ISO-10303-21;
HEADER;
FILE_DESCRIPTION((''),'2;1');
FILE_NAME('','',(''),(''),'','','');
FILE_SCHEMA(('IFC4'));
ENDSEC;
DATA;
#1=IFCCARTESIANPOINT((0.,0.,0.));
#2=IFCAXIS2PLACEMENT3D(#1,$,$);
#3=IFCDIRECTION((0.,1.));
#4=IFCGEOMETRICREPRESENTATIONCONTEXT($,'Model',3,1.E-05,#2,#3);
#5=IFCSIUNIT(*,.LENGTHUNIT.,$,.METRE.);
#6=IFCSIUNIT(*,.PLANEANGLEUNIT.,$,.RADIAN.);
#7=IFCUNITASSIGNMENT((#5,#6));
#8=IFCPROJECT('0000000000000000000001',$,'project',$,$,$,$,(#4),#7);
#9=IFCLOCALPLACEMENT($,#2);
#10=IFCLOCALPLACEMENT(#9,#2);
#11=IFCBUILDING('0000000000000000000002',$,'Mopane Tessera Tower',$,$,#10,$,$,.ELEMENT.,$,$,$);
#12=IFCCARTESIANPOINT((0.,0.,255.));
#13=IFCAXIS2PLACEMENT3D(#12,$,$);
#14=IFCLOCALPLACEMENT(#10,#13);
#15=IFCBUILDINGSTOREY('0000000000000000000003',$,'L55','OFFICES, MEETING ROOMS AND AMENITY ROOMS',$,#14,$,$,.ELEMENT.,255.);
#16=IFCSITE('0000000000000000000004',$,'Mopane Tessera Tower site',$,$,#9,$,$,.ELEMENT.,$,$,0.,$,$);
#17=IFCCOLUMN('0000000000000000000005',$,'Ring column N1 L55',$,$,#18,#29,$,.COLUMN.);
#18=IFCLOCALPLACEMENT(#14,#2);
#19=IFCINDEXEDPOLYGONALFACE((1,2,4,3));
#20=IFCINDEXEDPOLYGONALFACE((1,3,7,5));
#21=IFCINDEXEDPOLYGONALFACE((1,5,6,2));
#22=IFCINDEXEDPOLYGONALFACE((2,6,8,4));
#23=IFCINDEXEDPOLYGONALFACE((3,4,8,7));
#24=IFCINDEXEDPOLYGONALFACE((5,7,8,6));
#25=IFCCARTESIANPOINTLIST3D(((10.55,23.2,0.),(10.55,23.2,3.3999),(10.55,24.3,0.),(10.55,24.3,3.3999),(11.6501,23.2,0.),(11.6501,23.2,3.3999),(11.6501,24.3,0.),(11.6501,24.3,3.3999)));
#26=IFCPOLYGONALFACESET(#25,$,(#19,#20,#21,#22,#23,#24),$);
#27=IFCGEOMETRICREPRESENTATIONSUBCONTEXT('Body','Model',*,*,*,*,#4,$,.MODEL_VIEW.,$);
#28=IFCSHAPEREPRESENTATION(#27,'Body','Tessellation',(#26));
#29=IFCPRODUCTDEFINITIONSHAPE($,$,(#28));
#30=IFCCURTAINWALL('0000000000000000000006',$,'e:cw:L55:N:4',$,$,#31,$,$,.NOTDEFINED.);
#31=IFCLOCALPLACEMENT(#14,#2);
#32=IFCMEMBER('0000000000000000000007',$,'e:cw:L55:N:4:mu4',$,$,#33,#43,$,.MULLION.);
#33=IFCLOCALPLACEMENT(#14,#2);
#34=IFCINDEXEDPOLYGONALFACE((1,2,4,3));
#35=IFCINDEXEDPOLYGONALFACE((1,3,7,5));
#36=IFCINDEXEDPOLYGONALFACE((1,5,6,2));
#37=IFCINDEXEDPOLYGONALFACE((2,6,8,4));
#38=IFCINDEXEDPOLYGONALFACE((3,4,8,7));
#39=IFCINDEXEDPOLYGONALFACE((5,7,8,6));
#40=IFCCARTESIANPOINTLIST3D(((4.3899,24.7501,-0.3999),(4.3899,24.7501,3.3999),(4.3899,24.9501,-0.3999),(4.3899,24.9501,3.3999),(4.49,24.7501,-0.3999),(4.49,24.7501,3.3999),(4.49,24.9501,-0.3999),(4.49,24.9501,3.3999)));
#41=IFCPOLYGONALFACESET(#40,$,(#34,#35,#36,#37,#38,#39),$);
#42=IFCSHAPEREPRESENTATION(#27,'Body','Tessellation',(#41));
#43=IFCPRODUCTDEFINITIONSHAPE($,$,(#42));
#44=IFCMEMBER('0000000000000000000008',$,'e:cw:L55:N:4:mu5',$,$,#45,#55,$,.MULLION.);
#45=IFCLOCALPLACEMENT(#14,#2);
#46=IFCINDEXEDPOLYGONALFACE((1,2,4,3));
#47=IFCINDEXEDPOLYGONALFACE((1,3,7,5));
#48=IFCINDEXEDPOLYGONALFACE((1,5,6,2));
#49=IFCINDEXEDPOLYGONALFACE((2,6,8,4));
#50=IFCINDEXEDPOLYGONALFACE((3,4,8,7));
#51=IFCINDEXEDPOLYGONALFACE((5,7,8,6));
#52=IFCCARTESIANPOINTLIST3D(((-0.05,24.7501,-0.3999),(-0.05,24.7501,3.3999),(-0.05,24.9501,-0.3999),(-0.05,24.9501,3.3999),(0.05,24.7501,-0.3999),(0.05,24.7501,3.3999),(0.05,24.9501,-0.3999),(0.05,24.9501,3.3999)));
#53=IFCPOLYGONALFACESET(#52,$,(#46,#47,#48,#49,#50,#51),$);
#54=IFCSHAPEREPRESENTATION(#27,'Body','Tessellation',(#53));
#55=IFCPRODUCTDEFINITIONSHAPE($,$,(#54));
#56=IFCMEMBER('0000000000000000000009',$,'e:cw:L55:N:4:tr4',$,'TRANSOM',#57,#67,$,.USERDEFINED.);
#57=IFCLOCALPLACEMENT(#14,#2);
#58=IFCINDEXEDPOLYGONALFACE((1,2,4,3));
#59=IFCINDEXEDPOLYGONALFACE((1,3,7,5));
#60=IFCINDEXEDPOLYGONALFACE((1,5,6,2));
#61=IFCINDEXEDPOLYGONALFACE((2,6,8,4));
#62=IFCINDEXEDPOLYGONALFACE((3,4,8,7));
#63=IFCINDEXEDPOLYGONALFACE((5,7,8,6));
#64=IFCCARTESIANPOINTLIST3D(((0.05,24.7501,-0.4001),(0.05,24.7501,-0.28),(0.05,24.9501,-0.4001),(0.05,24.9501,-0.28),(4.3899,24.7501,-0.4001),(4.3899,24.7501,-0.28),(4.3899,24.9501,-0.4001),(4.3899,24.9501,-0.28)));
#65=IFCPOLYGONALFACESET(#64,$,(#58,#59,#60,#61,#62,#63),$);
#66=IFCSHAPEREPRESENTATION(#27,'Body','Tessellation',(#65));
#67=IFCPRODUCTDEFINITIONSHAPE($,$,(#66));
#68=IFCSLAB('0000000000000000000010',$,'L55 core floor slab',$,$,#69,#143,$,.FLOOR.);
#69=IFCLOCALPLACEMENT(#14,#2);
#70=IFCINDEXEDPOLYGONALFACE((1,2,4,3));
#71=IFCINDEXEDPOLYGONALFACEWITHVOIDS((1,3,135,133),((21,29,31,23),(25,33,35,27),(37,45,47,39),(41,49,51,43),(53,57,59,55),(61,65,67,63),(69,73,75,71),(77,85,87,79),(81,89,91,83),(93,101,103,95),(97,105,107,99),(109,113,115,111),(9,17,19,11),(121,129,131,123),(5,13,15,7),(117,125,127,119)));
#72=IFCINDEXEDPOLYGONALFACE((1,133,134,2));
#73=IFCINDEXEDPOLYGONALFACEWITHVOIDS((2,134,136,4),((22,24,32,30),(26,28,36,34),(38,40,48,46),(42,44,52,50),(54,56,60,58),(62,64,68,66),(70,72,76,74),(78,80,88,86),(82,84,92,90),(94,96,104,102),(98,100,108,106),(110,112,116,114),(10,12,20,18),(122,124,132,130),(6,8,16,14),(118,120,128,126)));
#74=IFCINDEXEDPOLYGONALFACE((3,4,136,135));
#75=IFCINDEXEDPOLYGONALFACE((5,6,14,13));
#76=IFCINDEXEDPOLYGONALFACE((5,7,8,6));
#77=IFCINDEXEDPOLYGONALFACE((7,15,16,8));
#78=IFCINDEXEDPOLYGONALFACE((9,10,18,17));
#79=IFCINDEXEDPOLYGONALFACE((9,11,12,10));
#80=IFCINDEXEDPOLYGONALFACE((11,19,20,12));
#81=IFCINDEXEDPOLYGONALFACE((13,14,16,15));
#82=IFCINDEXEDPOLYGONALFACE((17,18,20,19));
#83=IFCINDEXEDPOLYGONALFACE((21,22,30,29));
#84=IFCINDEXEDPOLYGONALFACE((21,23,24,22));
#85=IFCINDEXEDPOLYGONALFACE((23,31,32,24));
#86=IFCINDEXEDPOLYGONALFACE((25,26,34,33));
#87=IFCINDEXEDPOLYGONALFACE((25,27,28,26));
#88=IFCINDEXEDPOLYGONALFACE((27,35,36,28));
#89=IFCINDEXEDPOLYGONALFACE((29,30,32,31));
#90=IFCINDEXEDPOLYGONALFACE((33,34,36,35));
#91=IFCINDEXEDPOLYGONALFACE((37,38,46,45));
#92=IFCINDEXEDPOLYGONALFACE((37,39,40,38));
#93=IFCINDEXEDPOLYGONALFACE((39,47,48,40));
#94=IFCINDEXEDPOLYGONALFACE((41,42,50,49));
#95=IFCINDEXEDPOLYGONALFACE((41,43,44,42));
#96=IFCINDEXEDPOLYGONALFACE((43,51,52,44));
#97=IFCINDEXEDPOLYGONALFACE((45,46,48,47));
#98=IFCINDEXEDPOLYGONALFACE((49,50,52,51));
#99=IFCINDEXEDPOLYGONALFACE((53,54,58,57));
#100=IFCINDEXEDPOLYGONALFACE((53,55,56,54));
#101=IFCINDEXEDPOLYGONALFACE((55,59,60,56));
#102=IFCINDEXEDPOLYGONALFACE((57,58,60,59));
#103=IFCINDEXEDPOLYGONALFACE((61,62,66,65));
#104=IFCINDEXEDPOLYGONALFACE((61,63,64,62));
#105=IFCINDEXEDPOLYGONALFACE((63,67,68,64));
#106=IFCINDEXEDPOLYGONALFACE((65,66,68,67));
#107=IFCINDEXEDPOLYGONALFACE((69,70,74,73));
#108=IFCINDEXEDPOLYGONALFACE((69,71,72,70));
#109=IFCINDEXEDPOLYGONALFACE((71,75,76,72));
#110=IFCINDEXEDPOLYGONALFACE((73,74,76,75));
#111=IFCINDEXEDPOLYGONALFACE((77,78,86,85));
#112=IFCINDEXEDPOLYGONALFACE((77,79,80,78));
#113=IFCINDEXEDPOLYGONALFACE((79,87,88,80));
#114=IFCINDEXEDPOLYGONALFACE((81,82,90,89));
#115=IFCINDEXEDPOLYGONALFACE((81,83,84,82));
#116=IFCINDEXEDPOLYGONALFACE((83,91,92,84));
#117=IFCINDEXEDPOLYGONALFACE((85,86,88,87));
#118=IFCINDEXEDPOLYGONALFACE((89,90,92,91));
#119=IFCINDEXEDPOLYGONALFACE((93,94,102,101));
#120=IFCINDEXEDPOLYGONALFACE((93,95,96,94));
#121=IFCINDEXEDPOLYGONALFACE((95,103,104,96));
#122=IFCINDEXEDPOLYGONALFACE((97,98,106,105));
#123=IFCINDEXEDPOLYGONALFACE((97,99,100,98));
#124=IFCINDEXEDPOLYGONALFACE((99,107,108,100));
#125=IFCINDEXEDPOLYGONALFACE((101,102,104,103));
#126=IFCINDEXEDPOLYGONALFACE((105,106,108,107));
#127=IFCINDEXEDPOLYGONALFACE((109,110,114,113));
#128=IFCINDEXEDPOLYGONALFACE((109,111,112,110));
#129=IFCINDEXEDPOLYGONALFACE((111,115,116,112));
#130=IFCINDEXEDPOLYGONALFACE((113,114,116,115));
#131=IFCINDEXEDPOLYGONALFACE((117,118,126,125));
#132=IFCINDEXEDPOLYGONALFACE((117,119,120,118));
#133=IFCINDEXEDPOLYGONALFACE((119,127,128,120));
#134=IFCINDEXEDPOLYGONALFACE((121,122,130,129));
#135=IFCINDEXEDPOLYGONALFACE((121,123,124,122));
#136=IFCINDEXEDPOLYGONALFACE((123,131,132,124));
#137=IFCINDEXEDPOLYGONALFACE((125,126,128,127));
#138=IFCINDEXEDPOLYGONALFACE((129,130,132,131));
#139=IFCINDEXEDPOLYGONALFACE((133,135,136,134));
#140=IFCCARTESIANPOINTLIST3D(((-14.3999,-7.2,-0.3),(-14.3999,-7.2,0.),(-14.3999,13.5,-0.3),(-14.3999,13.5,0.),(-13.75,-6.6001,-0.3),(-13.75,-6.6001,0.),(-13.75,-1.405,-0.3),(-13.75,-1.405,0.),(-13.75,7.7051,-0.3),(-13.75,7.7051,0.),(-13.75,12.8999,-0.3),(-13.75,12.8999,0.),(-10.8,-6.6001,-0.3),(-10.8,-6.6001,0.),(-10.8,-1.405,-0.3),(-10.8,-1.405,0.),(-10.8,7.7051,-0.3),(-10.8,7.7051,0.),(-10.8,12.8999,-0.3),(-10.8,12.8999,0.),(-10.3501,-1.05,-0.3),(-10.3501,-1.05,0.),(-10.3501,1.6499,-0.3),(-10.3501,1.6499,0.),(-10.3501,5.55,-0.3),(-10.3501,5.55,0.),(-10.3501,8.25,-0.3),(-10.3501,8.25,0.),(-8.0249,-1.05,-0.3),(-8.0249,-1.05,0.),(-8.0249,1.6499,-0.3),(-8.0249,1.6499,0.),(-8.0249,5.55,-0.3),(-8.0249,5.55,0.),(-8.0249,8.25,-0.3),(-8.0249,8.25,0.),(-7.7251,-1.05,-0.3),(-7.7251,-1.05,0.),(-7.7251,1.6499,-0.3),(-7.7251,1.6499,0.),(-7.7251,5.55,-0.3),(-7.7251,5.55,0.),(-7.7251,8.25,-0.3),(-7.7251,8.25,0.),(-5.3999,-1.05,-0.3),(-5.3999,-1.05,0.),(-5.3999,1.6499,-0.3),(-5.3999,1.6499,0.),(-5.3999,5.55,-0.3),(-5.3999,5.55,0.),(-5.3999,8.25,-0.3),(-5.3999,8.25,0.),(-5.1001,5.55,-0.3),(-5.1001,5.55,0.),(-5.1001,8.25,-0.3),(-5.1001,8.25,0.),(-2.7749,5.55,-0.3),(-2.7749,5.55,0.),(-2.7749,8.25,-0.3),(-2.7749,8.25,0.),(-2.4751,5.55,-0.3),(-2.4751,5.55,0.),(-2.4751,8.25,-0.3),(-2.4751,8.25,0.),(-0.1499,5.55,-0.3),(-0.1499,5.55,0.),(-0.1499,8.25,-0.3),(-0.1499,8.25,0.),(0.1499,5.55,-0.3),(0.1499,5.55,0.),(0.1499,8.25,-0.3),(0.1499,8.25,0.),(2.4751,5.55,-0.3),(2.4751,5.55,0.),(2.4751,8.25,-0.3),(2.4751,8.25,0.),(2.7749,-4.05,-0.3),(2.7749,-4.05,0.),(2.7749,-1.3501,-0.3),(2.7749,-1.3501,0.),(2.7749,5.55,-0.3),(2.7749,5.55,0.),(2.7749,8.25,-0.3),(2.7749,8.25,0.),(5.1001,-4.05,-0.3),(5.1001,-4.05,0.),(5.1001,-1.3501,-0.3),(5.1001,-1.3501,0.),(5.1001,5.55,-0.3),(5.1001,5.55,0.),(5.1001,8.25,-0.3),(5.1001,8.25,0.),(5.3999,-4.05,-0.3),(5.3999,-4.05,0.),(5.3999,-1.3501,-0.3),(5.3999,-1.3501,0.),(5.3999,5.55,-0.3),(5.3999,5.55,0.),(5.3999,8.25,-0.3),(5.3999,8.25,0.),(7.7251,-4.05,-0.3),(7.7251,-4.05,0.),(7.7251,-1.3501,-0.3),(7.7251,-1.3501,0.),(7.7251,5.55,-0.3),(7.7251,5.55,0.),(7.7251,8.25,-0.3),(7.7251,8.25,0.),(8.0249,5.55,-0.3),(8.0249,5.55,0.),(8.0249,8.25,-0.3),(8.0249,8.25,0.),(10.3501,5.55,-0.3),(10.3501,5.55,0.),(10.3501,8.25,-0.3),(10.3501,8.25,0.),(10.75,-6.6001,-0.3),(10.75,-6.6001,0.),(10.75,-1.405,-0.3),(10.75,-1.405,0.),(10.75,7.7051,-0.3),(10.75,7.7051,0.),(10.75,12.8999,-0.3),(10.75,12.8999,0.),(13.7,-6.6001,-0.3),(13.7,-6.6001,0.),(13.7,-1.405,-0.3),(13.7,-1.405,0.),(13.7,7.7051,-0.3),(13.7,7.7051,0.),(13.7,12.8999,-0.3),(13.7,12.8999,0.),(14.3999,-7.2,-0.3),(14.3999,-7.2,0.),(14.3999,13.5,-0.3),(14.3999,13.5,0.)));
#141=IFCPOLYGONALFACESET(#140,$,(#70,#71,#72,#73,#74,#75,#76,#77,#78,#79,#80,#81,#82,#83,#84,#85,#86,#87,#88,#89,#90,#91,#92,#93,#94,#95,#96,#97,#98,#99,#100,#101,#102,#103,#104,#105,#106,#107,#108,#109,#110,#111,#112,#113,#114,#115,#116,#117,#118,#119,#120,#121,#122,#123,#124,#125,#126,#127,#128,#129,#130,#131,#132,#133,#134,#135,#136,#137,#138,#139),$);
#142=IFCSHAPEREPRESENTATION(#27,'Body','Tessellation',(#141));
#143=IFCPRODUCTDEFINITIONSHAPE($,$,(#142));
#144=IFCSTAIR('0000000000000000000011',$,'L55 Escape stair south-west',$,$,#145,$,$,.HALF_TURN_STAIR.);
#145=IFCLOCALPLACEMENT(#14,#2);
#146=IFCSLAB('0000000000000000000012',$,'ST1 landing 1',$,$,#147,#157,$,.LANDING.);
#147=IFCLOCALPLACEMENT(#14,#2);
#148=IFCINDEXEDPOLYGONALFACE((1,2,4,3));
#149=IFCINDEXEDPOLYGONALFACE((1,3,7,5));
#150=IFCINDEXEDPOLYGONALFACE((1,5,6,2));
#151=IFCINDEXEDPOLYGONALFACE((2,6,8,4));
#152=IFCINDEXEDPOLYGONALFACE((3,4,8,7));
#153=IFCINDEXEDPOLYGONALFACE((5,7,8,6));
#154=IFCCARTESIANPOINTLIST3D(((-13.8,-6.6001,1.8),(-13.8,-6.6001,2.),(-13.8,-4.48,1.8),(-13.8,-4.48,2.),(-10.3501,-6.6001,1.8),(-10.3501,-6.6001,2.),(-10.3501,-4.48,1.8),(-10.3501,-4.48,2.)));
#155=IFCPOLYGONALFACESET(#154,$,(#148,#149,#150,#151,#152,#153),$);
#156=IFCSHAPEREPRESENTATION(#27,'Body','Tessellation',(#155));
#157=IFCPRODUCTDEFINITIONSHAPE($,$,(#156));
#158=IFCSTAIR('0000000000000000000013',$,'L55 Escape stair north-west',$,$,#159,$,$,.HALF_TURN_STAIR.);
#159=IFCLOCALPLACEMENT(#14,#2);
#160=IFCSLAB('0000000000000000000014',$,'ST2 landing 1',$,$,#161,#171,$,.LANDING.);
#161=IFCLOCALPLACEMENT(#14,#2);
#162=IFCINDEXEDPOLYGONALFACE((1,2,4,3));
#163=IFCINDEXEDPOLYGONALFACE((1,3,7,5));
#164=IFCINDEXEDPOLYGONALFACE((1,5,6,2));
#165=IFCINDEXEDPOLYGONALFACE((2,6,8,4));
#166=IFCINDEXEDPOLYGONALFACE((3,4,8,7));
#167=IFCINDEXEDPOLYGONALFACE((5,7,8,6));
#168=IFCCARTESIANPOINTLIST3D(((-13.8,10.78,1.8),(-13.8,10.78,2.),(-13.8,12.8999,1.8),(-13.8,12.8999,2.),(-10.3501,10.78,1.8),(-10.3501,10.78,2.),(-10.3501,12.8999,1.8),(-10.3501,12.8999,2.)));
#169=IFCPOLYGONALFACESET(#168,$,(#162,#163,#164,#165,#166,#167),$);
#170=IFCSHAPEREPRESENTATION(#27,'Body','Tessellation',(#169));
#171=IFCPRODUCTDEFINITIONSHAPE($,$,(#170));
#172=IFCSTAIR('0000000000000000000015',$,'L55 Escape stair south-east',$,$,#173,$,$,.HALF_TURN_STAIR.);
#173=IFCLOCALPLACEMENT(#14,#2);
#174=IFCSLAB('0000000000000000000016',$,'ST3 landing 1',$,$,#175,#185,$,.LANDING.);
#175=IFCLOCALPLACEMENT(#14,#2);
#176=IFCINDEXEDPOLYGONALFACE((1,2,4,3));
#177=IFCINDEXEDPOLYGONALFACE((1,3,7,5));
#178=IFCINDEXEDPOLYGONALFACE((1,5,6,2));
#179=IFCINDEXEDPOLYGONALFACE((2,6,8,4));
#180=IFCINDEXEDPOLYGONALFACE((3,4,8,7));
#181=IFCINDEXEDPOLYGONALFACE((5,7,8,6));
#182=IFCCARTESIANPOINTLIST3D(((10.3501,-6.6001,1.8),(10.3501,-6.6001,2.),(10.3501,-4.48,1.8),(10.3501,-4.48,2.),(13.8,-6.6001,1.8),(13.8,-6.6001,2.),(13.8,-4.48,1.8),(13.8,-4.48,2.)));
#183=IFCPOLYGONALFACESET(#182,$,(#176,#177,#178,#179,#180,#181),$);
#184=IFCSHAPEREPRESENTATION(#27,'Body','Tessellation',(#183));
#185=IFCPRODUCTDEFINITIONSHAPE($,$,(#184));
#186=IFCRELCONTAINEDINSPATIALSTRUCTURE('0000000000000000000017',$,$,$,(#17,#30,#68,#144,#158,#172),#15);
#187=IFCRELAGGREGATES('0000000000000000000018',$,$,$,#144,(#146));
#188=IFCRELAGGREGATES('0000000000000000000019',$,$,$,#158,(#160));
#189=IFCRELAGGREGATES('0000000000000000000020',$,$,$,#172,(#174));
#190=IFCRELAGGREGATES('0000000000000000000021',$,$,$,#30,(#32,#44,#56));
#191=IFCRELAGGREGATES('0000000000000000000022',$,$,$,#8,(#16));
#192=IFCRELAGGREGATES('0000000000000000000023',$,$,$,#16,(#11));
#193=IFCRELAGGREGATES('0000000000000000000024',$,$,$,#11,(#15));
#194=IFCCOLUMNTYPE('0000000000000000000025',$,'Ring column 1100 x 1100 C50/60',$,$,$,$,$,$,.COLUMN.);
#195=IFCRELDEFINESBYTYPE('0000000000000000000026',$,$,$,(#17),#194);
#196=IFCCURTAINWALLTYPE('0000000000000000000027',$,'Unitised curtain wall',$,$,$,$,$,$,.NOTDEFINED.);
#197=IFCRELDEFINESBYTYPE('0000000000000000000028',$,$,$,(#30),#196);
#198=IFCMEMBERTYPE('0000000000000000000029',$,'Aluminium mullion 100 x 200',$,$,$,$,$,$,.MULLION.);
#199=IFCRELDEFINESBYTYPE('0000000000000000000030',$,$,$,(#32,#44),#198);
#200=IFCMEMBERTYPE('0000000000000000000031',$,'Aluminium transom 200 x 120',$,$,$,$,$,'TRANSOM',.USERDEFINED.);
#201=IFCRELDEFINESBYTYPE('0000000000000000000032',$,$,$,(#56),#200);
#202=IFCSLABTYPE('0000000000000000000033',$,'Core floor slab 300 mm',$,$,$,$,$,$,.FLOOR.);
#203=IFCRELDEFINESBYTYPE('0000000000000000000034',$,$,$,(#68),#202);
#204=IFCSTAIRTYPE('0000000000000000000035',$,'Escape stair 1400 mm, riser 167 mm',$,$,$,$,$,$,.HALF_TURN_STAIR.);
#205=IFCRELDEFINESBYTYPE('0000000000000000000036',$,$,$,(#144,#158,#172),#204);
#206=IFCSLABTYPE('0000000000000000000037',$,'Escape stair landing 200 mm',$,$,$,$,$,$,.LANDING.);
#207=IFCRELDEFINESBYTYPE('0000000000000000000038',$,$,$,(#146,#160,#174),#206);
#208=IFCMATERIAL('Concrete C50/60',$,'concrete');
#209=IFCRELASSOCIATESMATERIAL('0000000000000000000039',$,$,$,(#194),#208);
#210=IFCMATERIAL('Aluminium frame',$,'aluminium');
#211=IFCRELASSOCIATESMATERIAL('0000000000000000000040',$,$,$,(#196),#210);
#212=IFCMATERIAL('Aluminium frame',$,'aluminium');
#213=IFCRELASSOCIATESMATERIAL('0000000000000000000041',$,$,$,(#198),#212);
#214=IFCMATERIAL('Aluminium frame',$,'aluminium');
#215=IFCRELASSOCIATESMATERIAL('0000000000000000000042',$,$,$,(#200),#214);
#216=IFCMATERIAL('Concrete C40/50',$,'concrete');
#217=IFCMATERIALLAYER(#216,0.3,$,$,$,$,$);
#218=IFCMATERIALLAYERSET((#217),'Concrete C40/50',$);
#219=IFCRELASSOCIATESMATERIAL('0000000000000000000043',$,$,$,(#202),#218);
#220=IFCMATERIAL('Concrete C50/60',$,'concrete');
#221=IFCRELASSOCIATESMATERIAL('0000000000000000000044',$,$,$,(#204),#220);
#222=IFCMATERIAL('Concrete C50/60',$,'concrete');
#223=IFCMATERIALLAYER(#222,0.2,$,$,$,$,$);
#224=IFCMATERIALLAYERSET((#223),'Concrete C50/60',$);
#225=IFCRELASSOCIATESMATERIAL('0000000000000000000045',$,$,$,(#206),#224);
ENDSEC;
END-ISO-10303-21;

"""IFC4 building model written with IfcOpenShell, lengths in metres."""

from ifc_helpers import new_model, si_unit, direction, frame, origin, origin_2d, place, context, subcontext, project, spatial, polyline, rectangle, outline, extrude, material, layer, layer_set, material_profile, profile_set, type_object, element, aggregate, save


model = new_model("IFC4")

# Units and contexts
model_context = context("Model", 3, precision=1e-05, world=origin(), true_north=direction((0.0, 1.0)))
body_context = subcontext(model_context, "Body", "Model", "MODEL_VIEW")
ifc_project = project(units=[si_unit("LENGTHUNIT", "METRE"), si_unit("PLANEANGLEUNIT", "RADIAN")], contexts=[model_context])

# Site, building, storey
site_placement = place(None, origin())
site = spatial("IfcSite", under=ifc_project, at=site_placement, Name="Mopane Tessera Tower site", CompositionType="ELEMENT", RefElevation=0.0)
building_placement = place(site_placement, origin())
building = spatial("IfcBuilding", under=site, at=building_placement, Name="Mopane Tessera Tower", CompositionType="ELEMENT")
storey_placement = place(building_placement, frame((0.0, 0.0, 255.0)))
storey = spatial("IfcBuildingStorey", under=building, at=storey_placement, Name="L55", Description="OFFICES, MEETING ROOMS AND AMENITY ROOMS", CompositionType="ELEMENT", Elevation=255.0)

# Column
ifc_material_1 = material(Name="Concrete C50/60", Category="concrete")
ifc_material_profile_1 = material_profile(ifc_material_1, rectangle(XDim=1.1001, YDim=1.1001, at=origin_2d()))
ifc_profile_set_1 = profile_set([ifc_material_profile_1], Name="Concrete C50/60")
column_type = type_object("IfcColumnType", Name="Ring column 1100 x 1100 C50/60", PredefinedType="COLUMN", material=ifc_profile_set_1)
column_placement = place(storey_placement, frame((11.1001, 23.75, 0.0), z_axis=(0.0, 0.0, 1.0), x_axis=(1.0, 0.0, 0.0)))
element("IfcColumn", 1, at=column_placement, inside=storey, type_object=column_type, Name="Ring column N1 L55", PredefinedType="COLUMN", context=body_context, shape_type="SweptSolid", body=[
    extrude(rectangle(XDim=1.1001, YDim=1.1001, at=origin_2d()), origin(), (0.0, 0.0, 1.0), 3.3999),
])

# Curtain wall, members
ifc_material_2 = material(Name="Aluminium frame", Category="aluminium")
curtain_wall_type = type_object("IfcCurtainWallType", Name="Unitised curtain wall", PredefinedType="NOTDEFINED", material=ifc_material_2)
curtain_wall_1_placement = place(storey_placement, origin())
curtain_wall_1 = element("IfcCurtainWall", 2, at=curtain_wall_1_placement, inside=storey, type_object=curtain_wall_type, Name="e:cw:L55:N:4", PredefinedType="NOTDEFINED")
ifc_material_3 = material(Name="Aluminium frame", Category="aluminium")
ifc_material_profile_2 = material_profile(ifc_material_3, rectangle(XDim=0.1001, YDim=0.2, at=origin_2d()))
ifc_profile_set_2 = profile_set([ifc_material_profile_2], Name="Aluminium frame")
member_type_1 = type_object("IfcMemberType", Name="Aluminium mullion 100 x 200", PredefinedType="MULLION", material=ifc_profile_set_2)
member_1_placement = place(storey_placement, frame((4.4399, 24.8501, -0.3999), z_axis=(0.0, 0.0, 1.0), x_axis=(-1.0, 0.0, 0.0)))
member_1 = element("IfcMember", 3, at=member_1_placement, type_object=member_type_1, Name="e:cw:L55:N:4:mu4", PredefinedType="MULLION", context=body_context, shape_type="SweptSolid", body=[
    extrude(rectangle(XDim=0.1001, YDim=0.2, at=origin_2d()), origin(), (0.0, 0.0, 1.0), 3.7998),
])
member_2_placement = place(storey_placement, frame((0.0, 24.8501, -0.3999), z_axis=(0.0, 0.0, 1.0), x_axis=(-1.0, 0.0, 0.0)))
member_2 = element("IfcMember", 4, at=member_2_placement, type_object=member_type_1, Name="e:cw:L55:N:4:mu5", PredefinedType="MULLION", context=body_context, shape_type="SweptSolid", body=[
    extrude(rectangle(XDim=0.1001, YDim=0.2, at=origin_2d()), origin(), (0.0, 0.0, 1.0), 3.7998),
])
ifc_material_4 = material(Name="Aluminium frame", Category="aluminium")
ifc_material_profile_3 = material_profile(ifc_material_4, rectangle(XDim=0.2, YDim=0.1201, at=origin_2d()))
ifc_profile_set_3 = profile_set([ifc_material_profile_3], Name="Aluminium frame")
member_type_2 = type_object("IfcMemberType", Name="Aluminium transom 200 x 120", ElementType="TRANSOM", PredefinedType="USERDEFINED", material=ifc_profile_set_3)
member_3_placement = place(storey_placement, frame((4.3899, 24.8501, -0.3401), z_axis=(-1.0, 0.0, 0.0), x_axis=(0.0, -1.0, 0.0)))
member_3 = element("IfcMember", 5, at=member_3_placement, type_object=member_type_2, Name="e:cw:L55:N:4:tr4", ObjectType="TRANSOM", PredefinedType="USERDEFINED", context=body_context, shape_type="SweptSolid", body=[
    extrude(rectangle(XDim=0.2, YDim=0.1201, at=origin_2d()), origin(), (0.0, 0.0, 1.0), 4.3398),
])

# Slab
ifc_material_5 = material(Name="Concrete C40/50", Category="concrete")
ifc_layer_1 = layer(ifc_material_5, 0.3)
ifc_layer_set_1 = layer_set([ifc_layer_1], Name="Concrete C40/50")
slab_type_1 = type_object("IfcSlabType", Name="Core floor slab 300 mm", PredefinedType="FLOOR", material=ifc_layer_set_1)
slab_1_placement = place(storey_placement, frame((0.0, 0.0, -0.3)))
element("IfcSlab", 6, at=slab_1_placement, inside=storey, type_object=slab_type_1, Name="L55 core floor slab", PredefinedType="FLOOR", context=body_context, shape_type="SweptSolid", body=[
    extrude(outline(polyline([(-14.3999, -7.2), (14.3999, -7.2), (14.3999, 13.5), (-14.3999, 13.5), (-14.3999, -7.2)]), holes=[polyline([(-10.3501, -1.05), (-8.0249, -1.05), (-8.0249, 1.6499), (-10.3501, 1.6499), (-10.3501, -1.05)]), polyline([(-7.7251, -1.05), (-5.3999, -1.05), (-5.3999, 1.6499), (-7.7251, 1.6499), (-7.7251, -1.05)]), polyline([(-10.3501, 5.55), (-8.0249, 5.55), (-8.0249, 8.25), (-10.3501, 8.25), (-10.3501, 5.55)]), polyline([(-7.7251, 5.55), (-5.3999, 5.55), (-5.3999, 8.25), (-7.7251, 8.25), (-7.7251, 5.55)]), polyline([(-5.1001, 5.55), (-2.7749, 5.55), (-2.7749, 8.25), (-5.1001, 8.25), (-5.1001, 5.55)]), polyline([(-2.4751, 5.55), (-0.1499, 5.55), (-0.1499, 8.25), (-2.4751, 8.25), (-2.4751, 5.55)]), polyline([(0.1499, 5.55), (2.4751, 5.55), (2.4751, 8.25), (0.1499, 8.25), (0.1499, 5.55)]), polyline([(2.7749, 5.55), (5.1001, 5.55), (5.1001, 8.25), (2.7749, 8.25), (2.7749, 5.55)]), polyline([(5.3999, 5.55), (7.7251, 5.55), (7.7251, 8.25), (5.3999, 8.25), (5.3999, 5.55)]), polyline([(8.0249, 5.55), (10.3501, 5.55), (10.3501, 8.25), (8.0249, 8.25), (8.0249, 5.55)]), polyline([(2.7749, -4.05), (5.1001, -4.05), (5.1001, -1.3501), (2.7749, -1.3501), (2.7749, -4.05)]), polyline([(5.3999, -4.05), (7.7251, -4.05), (7.7251, -1.3501), (5.3999, -1.3501), (5.3999, -4.05)]), polyline([(-13.75, -1.405), (-13.75, -6.6001), (-10.8, -6.6001), (-10.8, -1.405), (-13.75, -1.405)]), polyline([(-10.8, 7.7051), (-10.8, 12.8999), (-13.75, 12.8999), (-13.75, 7.7051), (-10.8, 7.7051)]), polyline([(10.75, -1.405), (10.75, -6.6001), (13.7, -6.6001), (13.7, -1.405), (10.75, -1.405)]), polyline([(13.7, 7.7051), (13.7, 12.8999), (10.75, 12.8999), (10.75, 7.7051), (13.7, 7.7051)])]), origin(), (0.0, 0.0, 1.0), 0.3),
])

# Stairs, slabs
ifc_material_6 = material(Name="Concrete C50/60", Category="concrete")
stair_type = type_object("IfcStairType", Name="Escape stair 1400 mm, riser 167 mm", PredefinedType="HALF_TURN_STAIR", material=ifc_material_6)
stair_1_placement = place(storey_placement, origin())
stair_1 = element("IfcStair", 7, at=stair_1_placement, inside=storey, type_object=stair_type, Name="L55 Escape stair south-west", PredefinedType="HALF_TURN_STAIR")
ifc_material_7 = material(Name="Concrete C50/60", Category="concrete")
ifc_layer_2 = layer(ifc_material_7, 0.2)
ifc_layer_set_2 = layer_set([ifc_layer_2], Name="Concrete C50/60")
slab_type_2 = type_object("IfcSlabType", Name="Escape stair landing 200 mm", PredefinedType="LANDING", material=ifc_layer_set_2)
slab_2_placement = place(storey_placement, frame((0.0, 0.0, 1.8)))
slab_2 = element("IfcSlab", 8, at=slab_2_placement, type_object=slab_type_2, Name="ST1 landing 1", PredefinedType="LANDING", context=body_context, shape_type="SweptSolid", body=[
    extrude(outline(polyline([(-13.8, -4.48), (-13.8, -6.6001), (-10.3501, -6.6001), (-10.3501, -4.48), (-13.8, -4.48)])), origin(), (0.0, 0.0, 1.0), 0.2),
])
aggregate(stair_1, [slab_2])
stair_2_placement = place(storey_placement, origin())
stair_2 = element("IfcStair", 9, at=stair_2_placement, inside=storey, type_object=stair_type, Name="L55 Escape stair north-west", PredefinedType="HALF_TURN_STAIR")
slab_3_placement = place(storey_placement, frame((0.0, 0.0, 1.8)))
slab_3 = element("IfcSlab", 10, at=slab_3_placement, type_object=slab_type_2, Name="ST2 landing 1", PredefinedType="LANDING", context=body_context, shape_type="SweptSolid", body=[
    extrude(outline(polyline([(-10.3501, 10.78), (-10.3501, 12.8999), (-13.8, 12.8999), (-13.8, 10.78), (-10.3501, 10.78)])), origin(), (0.0, 0.0, 1.0), 0.2),
])
aggregate(stair_2, [slab_3])
stair_3_placement = place(storey_placement, origin())
stair_3 = element("IfcStair", 11, at=stair_3_placement, inside=storey, type_object=stair_type, Name="L55 Escape stair south-east", PredefinedType="HALF_TURN_STAIR")
slab_4_placement = place(storey_placement, frame((0.0, 0.0, 1.8)))
slab_4 = element("IfcSlab", 12, at=slab_4_placement, type_object=slab_type_2, Name="ST3 landing 1", PredefinedType="LANDING", context=body_context, shape_type="SweptSolid", body=[
    extrude(outline(polyline([(10.3501, -4.48), (10.3501, -6.6001), (13.8, -6.6001), (13.8, -4.48), (10.3501, -4.48)])), origin(), (0.0, 0.0, 1.0), 0.2),
])
aggregate(stair_3, [slab_4])

aggregate(curtain_wall_1, [member_1, member_2, member_3])

save(model, "model.ifc")
